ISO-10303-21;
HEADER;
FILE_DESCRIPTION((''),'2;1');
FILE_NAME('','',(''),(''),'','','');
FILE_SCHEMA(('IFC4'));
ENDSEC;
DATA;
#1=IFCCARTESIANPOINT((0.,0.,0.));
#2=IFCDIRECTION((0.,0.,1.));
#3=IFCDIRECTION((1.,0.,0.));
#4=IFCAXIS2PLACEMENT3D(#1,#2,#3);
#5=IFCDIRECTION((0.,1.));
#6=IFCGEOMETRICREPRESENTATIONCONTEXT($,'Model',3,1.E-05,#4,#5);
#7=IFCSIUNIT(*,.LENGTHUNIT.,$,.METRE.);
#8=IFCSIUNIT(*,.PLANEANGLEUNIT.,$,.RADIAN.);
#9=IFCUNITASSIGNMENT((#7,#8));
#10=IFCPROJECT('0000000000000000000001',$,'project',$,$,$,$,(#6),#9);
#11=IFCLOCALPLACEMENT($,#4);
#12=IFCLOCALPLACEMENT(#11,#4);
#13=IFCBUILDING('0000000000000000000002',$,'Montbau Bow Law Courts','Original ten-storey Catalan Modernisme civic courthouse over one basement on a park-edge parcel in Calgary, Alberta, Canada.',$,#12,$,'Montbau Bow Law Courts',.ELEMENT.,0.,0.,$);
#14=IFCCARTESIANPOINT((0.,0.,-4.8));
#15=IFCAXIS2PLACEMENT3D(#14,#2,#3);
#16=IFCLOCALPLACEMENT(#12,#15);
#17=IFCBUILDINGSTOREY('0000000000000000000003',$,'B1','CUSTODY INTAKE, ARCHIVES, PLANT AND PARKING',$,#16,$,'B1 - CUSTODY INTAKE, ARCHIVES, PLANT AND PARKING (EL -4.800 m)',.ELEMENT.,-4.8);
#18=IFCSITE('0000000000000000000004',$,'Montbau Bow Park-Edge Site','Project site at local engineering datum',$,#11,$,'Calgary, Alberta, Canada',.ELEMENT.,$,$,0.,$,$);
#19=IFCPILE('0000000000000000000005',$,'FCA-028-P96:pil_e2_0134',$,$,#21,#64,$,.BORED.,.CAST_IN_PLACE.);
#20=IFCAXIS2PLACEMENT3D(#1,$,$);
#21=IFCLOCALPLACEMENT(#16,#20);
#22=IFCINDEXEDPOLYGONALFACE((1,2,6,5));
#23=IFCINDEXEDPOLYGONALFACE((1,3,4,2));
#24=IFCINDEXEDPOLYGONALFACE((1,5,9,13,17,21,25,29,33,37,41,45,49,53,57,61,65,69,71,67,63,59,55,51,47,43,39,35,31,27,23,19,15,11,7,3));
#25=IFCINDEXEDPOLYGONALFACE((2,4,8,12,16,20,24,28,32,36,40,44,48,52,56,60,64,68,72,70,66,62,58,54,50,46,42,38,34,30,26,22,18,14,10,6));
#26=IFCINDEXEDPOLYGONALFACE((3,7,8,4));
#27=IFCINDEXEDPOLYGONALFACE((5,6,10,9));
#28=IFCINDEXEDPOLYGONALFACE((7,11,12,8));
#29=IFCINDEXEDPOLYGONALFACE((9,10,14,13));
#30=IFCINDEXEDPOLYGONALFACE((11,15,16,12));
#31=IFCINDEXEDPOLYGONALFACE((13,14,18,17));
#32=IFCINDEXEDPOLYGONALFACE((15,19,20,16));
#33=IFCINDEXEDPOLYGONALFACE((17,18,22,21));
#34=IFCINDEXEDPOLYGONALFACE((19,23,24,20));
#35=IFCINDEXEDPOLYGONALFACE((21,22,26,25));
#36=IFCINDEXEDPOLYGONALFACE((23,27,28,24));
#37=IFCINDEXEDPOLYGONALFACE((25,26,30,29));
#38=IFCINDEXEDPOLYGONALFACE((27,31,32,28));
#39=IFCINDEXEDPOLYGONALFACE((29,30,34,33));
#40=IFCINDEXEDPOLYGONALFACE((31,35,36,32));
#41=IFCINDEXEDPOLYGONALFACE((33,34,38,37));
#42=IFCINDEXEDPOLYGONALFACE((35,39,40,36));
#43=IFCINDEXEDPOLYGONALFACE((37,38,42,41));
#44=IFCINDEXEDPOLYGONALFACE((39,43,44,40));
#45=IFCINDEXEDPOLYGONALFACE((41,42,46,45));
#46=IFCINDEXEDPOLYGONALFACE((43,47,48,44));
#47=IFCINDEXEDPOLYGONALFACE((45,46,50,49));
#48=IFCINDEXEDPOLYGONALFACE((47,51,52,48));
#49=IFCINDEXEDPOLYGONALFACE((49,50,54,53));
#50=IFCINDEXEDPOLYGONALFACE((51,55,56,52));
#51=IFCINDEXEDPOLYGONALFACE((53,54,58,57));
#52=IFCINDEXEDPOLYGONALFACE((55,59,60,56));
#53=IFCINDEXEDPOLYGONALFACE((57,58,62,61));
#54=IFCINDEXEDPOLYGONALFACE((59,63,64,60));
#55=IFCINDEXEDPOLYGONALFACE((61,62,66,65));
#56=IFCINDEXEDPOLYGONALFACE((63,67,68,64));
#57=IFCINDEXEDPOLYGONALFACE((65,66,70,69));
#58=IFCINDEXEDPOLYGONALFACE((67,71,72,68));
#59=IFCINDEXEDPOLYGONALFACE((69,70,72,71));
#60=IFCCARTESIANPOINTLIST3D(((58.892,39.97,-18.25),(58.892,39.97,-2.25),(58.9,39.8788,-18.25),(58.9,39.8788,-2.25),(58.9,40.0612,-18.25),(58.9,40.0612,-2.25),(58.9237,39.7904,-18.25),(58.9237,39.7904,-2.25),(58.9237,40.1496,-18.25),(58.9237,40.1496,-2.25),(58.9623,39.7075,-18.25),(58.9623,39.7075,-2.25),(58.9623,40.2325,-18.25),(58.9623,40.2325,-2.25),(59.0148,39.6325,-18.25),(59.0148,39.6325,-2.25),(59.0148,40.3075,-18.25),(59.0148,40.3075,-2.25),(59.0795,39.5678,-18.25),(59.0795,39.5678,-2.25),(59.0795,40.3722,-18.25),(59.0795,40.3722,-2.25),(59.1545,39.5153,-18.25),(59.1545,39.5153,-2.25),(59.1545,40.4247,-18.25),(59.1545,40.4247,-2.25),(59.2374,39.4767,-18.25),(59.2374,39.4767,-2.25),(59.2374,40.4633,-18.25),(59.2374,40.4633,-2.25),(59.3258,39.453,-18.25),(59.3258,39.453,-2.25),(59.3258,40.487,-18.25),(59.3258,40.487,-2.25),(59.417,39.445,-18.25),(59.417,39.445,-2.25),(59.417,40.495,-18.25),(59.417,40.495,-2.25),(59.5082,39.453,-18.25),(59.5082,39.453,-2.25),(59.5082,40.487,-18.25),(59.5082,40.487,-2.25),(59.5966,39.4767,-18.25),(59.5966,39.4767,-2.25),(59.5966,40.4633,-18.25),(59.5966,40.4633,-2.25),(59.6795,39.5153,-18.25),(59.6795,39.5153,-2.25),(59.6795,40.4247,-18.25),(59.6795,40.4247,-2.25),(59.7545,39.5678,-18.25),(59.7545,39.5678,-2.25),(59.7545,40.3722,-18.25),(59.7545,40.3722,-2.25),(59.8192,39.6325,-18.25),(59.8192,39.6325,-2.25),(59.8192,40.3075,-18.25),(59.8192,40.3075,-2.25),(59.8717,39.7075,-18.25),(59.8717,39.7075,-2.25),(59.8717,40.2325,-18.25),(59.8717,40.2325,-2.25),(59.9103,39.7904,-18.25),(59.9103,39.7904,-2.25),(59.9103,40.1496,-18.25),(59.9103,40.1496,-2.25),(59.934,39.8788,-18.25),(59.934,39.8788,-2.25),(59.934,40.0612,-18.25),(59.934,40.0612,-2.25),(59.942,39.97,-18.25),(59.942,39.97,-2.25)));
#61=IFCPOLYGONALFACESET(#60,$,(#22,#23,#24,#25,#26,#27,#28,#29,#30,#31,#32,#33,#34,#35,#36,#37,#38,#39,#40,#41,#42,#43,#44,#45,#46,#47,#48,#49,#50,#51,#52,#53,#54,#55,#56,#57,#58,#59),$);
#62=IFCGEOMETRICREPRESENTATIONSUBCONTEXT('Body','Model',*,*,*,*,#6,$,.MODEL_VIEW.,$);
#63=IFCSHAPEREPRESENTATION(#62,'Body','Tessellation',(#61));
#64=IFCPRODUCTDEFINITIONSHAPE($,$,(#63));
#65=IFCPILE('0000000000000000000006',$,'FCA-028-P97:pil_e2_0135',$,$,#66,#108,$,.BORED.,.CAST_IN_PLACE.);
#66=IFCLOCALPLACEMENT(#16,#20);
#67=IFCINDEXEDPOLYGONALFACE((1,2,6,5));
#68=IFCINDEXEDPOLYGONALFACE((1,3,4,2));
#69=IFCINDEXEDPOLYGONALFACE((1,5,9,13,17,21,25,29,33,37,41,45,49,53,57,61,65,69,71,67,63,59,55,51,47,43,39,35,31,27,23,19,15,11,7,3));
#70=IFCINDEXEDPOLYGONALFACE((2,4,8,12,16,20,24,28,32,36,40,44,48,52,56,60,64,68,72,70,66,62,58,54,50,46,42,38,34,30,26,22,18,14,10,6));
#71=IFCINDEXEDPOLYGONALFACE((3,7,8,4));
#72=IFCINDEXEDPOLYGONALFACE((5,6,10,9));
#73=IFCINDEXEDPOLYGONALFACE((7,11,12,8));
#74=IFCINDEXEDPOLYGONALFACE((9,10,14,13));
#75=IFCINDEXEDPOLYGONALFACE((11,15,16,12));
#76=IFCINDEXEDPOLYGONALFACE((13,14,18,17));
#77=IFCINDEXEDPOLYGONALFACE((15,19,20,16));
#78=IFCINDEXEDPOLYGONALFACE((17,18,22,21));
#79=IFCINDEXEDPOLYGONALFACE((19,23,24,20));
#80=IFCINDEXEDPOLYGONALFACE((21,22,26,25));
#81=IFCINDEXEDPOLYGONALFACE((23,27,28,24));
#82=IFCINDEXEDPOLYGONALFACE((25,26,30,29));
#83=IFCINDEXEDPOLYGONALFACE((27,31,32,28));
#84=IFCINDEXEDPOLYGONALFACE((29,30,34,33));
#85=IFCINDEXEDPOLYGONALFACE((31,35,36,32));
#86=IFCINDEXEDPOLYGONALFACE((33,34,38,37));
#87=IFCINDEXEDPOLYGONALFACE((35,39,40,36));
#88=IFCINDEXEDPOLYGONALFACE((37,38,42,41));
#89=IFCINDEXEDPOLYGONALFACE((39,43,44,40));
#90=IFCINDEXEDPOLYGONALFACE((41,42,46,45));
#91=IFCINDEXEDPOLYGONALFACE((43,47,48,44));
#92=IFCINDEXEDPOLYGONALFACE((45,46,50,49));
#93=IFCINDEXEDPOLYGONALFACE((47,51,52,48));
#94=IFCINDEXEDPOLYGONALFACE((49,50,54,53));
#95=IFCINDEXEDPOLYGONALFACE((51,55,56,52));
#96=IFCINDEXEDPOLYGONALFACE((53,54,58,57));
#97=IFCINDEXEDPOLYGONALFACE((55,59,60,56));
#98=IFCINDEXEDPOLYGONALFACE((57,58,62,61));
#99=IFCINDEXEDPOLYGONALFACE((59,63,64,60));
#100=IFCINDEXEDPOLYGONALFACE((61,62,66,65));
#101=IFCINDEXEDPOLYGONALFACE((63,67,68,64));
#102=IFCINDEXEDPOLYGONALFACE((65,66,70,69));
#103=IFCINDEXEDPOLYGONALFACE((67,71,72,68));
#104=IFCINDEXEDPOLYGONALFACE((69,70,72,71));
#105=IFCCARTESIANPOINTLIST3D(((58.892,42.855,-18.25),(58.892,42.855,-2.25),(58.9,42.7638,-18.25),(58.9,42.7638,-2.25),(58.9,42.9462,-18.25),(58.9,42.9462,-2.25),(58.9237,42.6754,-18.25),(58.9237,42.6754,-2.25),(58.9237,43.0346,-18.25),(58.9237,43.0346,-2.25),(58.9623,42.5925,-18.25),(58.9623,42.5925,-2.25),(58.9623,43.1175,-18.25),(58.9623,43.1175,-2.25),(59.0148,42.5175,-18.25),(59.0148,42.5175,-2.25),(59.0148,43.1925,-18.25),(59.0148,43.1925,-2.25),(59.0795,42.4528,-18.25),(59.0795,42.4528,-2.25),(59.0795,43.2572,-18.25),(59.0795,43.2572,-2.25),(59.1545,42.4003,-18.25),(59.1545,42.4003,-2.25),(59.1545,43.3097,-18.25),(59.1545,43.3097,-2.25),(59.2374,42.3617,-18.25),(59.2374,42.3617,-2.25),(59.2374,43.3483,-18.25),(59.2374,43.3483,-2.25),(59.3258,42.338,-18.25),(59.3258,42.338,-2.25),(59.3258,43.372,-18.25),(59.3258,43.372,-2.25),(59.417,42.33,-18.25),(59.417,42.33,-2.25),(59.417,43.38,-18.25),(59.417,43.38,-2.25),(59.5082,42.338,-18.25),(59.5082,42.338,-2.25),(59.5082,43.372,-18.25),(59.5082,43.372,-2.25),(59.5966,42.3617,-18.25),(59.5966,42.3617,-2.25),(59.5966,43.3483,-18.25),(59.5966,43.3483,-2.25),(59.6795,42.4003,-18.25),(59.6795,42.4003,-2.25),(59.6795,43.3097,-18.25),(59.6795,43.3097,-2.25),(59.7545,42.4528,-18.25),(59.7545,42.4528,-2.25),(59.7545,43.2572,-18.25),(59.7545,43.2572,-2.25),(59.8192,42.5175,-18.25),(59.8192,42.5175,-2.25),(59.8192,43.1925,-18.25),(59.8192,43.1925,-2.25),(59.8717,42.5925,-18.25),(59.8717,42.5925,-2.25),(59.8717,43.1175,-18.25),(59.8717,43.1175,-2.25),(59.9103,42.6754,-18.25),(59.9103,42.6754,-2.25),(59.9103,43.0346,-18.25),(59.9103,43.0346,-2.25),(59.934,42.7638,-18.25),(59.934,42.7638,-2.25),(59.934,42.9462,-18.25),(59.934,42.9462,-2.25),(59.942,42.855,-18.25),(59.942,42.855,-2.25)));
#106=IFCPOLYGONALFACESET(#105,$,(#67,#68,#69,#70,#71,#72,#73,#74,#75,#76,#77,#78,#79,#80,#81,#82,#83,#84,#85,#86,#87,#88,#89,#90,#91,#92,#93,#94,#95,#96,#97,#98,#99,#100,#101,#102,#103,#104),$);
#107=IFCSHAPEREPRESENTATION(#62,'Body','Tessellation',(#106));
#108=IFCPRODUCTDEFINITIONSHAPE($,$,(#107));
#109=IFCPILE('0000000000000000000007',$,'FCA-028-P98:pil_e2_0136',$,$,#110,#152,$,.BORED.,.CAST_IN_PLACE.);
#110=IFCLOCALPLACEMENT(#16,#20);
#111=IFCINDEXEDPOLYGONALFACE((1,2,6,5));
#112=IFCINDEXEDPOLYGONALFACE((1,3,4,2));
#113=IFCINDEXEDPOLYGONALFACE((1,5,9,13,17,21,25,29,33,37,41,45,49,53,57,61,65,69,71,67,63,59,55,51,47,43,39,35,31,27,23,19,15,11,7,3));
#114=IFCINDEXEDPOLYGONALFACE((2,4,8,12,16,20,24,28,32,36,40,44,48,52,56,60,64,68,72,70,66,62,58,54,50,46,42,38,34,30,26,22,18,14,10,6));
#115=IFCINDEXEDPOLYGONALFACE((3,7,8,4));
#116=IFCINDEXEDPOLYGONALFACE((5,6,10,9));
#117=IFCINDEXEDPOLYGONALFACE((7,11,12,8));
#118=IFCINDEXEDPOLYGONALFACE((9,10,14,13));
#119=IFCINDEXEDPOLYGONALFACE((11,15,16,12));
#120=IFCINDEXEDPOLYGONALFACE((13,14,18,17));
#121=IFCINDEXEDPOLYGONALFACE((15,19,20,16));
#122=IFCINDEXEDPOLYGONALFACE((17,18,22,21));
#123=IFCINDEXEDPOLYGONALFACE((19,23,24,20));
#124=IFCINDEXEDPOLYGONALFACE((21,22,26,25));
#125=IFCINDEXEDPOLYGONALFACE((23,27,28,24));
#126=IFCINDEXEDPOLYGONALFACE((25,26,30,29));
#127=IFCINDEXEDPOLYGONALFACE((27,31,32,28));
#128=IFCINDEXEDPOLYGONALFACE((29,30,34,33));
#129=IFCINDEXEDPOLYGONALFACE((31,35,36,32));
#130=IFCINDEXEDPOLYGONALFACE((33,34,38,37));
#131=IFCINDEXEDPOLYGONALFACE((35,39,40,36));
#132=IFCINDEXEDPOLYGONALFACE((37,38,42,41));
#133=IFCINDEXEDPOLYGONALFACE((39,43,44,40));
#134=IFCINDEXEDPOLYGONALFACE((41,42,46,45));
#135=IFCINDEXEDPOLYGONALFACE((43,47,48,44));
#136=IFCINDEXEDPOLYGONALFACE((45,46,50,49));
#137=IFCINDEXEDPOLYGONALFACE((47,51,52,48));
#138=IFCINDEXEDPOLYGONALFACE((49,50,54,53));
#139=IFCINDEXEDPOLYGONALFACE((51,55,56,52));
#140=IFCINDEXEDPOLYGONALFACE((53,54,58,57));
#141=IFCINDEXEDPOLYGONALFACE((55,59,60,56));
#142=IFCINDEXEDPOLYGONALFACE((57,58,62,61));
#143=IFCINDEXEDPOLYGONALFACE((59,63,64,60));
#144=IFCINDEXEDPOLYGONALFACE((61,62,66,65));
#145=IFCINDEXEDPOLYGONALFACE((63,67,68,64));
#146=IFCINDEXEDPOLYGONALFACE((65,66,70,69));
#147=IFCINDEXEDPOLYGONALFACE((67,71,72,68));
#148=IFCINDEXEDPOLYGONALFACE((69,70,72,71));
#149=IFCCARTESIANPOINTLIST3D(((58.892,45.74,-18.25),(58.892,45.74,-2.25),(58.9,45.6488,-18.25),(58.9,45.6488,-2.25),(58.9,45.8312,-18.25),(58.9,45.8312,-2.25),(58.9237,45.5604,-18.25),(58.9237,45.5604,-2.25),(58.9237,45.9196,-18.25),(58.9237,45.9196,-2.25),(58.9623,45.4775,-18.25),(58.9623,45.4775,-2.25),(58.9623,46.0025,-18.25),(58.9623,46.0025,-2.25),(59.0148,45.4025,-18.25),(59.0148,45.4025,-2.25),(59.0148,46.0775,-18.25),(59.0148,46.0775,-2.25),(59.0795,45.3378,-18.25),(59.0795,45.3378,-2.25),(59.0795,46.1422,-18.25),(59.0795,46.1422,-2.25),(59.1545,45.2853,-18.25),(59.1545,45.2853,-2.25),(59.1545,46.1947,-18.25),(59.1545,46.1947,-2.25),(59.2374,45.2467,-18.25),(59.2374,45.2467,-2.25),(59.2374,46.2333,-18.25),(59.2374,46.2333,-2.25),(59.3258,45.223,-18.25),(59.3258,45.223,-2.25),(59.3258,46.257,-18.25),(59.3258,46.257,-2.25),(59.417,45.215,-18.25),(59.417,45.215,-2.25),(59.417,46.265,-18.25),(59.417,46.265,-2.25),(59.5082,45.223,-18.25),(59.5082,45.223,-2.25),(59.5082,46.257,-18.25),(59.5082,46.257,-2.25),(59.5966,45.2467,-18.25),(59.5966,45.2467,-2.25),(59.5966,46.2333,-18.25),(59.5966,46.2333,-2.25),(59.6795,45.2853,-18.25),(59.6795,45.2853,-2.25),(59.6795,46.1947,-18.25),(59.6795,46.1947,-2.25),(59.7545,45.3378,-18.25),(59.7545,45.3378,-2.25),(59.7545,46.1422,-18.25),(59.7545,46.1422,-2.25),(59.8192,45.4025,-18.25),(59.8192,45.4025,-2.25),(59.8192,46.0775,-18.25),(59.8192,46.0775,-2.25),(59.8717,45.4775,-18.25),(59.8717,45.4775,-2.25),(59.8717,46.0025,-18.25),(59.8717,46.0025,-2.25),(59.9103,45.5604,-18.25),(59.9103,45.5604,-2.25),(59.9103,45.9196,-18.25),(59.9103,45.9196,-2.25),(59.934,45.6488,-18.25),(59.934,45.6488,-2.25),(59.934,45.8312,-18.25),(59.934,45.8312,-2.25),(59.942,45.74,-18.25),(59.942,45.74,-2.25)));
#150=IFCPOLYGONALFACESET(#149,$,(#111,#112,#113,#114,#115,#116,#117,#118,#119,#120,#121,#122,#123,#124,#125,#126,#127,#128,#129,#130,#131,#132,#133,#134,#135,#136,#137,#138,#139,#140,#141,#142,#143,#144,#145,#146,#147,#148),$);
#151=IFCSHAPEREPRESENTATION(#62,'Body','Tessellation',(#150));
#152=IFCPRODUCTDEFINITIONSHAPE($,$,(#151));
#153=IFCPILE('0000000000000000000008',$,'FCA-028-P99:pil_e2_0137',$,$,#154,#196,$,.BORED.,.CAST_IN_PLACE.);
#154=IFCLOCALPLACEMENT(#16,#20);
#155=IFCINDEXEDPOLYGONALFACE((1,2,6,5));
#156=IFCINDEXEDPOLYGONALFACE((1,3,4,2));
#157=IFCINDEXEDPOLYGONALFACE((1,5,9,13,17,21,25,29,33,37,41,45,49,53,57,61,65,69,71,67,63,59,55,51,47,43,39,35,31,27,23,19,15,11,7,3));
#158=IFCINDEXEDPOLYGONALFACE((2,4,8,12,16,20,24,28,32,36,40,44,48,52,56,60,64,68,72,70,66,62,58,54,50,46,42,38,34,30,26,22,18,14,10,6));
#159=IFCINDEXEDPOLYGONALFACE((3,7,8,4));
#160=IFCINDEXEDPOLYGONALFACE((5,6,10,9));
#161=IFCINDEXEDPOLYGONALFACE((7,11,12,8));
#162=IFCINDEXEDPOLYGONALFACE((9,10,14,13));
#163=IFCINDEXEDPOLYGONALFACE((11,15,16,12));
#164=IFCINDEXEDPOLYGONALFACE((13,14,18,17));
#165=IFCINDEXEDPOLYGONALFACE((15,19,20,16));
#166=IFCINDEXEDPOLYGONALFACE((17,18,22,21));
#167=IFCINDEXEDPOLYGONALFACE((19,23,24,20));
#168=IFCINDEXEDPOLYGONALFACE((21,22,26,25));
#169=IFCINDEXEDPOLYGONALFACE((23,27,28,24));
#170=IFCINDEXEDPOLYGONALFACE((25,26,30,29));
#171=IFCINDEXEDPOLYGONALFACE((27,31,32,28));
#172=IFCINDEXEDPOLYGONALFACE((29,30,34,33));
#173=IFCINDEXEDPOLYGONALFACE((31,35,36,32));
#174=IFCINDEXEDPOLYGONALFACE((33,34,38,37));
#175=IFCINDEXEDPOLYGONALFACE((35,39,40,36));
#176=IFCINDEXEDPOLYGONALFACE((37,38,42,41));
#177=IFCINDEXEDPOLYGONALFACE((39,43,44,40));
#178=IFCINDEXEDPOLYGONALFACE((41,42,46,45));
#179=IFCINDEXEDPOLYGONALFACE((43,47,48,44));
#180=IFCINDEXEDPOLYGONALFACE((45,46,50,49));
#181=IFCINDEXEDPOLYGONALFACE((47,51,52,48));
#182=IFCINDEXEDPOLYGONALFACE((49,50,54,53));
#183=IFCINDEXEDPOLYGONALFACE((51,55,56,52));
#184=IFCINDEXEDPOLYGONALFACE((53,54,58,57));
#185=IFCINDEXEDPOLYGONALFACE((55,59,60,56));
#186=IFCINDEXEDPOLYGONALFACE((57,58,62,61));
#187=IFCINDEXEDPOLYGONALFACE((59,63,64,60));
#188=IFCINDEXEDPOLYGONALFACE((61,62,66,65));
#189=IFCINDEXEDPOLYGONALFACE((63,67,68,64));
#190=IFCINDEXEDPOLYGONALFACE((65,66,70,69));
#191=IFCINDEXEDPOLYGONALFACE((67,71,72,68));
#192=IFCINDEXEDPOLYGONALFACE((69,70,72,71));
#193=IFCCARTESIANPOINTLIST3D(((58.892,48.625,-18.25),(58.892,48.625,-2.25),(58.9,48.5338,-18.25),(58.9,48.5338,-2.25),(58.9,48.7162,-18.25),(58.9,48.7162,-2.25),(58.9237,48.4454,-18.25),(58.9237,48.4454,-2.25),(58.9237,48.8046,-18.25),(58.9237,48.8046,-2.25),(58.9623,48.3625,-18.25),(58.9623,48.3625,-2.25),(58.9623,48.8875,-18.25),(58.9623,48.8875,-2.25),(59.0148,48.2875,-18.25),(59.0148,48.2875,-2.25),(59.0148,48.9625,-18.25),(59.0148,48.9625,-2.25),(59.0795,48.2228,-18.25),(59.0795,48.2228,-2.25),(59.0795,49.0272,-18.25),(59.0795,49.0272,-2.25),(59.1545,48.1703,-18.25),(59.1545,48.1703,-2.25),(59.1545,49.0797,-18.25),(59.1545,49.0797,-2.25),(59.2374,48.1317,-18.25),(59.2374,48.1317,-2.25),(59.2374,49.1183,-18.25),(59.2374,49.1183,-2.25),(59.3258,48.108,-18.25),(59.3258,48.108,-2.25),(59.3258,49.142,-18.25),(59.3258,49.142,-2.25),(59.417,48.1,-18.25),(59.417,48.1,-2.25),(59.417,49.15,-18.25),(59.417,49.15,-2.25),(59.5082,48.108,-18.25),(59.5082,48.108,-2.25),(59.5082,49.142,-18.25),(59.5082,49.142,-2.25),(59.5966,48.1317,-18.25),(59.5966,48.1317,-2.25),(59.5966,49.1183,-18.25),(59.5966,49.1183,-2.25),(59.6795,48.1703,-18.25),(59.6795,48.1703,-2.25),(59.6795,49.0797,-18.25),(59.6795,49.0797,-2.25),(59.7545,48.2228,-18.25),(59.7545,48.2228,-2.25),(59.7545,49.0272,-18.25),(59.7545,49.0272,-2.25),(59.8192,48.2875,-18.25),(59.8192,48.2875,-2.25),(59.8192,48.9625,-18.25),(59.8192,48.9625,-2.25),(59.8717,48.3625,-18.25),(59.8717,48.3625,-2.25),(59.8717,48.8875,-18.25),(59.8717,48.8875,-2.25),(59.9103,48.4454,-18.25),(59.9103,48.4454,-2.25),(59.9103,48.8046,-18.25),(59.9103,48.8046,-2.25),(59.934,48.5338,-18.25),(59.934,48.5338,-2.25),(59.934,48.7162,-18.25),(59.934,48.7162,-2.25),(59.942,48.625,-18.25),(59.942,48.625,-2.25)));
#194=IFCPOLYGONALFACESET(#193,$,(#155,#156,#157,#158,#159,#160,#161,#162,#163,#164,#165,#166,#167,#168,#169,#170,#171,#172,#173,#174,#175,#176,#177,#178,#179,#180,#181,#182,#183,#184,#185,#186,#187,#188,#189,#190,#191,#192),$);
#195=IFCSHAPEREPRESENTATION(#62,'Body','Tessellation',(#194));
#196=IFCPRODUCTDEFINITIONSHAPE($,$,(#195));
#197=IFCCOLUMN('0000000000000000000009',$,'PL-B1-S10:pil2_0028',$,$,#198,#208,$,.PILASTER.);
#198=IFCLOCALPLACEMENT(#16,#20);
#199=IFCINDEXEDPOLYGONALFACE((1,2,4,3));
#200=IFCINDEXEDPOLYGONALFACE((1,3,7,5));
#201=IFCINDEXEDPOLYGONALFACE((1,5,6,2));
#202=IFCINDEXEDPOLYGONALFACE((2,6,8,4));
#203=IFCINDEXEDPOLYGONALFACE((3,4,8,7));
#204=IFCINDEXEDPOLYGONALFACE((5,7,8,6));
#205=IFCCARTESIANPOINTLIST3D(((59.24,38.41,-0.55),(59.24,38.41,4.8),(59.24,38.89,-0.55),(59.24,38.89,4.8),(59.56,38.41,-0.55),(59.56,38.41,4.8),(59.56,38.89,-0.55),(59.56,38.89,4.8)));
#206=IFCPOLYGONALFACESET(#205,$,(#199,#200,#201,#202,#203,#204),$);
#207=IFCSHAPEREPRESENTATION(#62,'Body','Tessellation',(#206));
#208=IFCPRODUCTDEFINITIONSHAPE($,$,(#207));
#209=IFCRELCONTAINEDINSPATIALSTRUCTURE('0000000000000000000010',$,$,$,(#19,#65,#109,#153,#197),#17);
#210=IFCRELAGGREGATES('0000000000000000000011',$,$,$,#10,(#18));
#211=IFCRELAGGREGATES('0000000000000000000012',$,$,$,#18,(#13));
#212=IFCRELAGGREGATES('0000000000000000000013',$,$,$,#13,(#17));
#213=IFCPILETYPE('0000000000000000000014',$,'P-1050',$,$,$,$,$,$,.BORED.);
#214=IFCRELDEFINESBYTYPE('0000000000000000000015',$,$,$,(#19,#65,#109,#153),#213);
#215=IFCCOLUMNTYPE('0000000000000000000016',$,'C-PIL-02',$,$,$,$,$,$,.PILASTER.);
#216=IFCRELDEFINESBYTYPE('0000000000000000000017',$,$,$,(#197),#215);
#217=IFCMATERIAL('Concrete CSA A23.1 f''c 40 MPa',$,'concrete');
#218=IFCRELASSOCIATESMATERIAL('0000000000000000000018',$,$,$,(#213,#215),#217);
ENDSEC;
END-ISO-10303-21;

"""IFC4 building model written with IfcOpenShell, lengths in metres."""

from ifc_helpers import new_model, si_unit, direction, frame, origin_with_axes, origin_2d_with_axis, place, context, subcontext, project, spatial, rectangle, circle, extrude, material, material_profile, profile_set, type_object, element, save


model = new_model("IFC4")

# Units and contexts
model_context = context("Model", 3, precision=1e-05, world=origin_with_axes(), true_north=direction((0.0, 1.0)))
body_context = subcontext(model_context, "Body", "Model", "MODEL_VIEW")
ifc_project = project(units=[si_unit("LENGTHUNIT", "METRE"), si_unit("PLANEANGLEUNIT", "RADIAN")], contexts=[model_context])

# Site, building, storey
site_placement = place(None, origin_with_axes())
site = spatial("IfcSite", under=ifc_project, at=site_placement, Name="Montbau Bow Park-Edge Site", Description="Project site at local engineering datum", LongName="Calgary, Alberta, Canada", CompositionType="ELEMENT", RefElevation=0.0)
building_placement = place(site_placement, origin_with_axes())
building = spatial("IfcBuilding", under=site, at=building_placement, Name="Montbau Bow Law Courts", Description="Original ten-storey Catalan Modernisme civic courthouse over one basement on a park-edge parcel in Calgary, Alberta, Canada.", LongName="Montbau Bow Law Courts", CompositionType="ELEMENT", ElevationOfRefHeight=0.0, ElevationOfTerrain=0.0)
storey_placement = place(building_placement, frame((0.0, 0.0, -4.8), z_axis=(0.0, 0.0, 1.0), x_axis=(1.0, 0.0, 0.0)))
storey = spatial("IfcBuildingStorey", under=building, at=storey_placement, Name="B1", Description="CUSTODY INTAKE, ARCHIVES, PLANT AND PARKING", LongName="B1 - CUSTODY INTAKE, ARCHIVES, PLANT AND PARKING (EL -4.800 m)", CompositionType="ELEMENT", Elevation=-4.8)

# Piles
ifc_material_1 = material(Name="Concrete CSA A23.1 f'c 40 MPa", Category="concrete")
ifc_material_profile_1 = material_profile(ifc_material_1, circle(Radius=0.525, at=origin_2d_with_axis()), Name="BP1050", Category="Main", Priority=0)
ifc_profile_set_1 = profile_set([ifc_material_profile_1], Name="Concrete CSA A23.1 f'c 40 MPa")
pile_type = type_object("IfcPileType", Name="P-1050", PredefinedType="BORED", material=ifc_profile_set_1)
for number, where, z_axis, x_axis, name in (
    (1, (59.417, 39.97, -23.05), (0.0, 0.0, 1.0), (1.0, 0.0, 0.0), "FCA-028-P96:pil_e2_0134"),
    (2, (59.417, 42.855, -23.05), (0.0, 0.0, 1.0), (1.0, 0.0, 0.0), "FCA-028-P97:pil_e2_0135"),
    (3, (59.417, 45.74, -23.05), (0.0, 0.0, 1.0), (1.0, 0.0, 0.0), "FCA-028-P98:pil_e2_0136"),
    (4, (59.417, 48.625, -23.05), (0.0, 0.0, 1.0), (1.0, 0.0, 0.0), "FCA-028-P99:pil_e2_0137"),
):
    element("IfcPile", number, at=place(None, frame(where, z_axis=z_axis, x_axis=x_axis)), inside=storey, type_object=pile_type, Name=name, ConstructionType="CAST_IN_PLACE", PredefinedType="BORED", context=body_context, shape_type="SweptSolid", body=[
        extrude(circle(Radius=0.525, at=origin_2d_with_axis()), origin_with_axes(), (0.0, 0.0, 1.0), 16.0),
    ])

# Column
ifc_material_profile_2 = material_profile(ifc_material_1, rectangle(XDim=0.32, YDim=0.48, at=origin_2d_with_axis()), Name="RC480X320", Category="Main", Priority=0)
ifc_profile_set_2 = profile_set([ifc_material_profile_2], Name="Concrete CSA A23.1 f'c 40 MPa")
column_type_1 = type_object("IfcColumnType", Name="C-PIL-02", PredefinedType="PILASTER", material=ifc_profile_set_2)
column_1_placement = place(None, frame((59.4, 38.65, -5.35), z_axis=(0.0, 0.0, 1.0), x_axis=(1.0, 0.0, 0.0)))
element("IfcColumn", 5, at=column_1_placement, inside=storey, type_object=column_type_1, Name="PL-B1-S10:pil2_0028", PredefinedType="PILASTER", context=body_context, shape_type="SweptSolid", body=[
    extrude(rectangle(XDim=0.32, YDim=0.48, at=origin_2d_with_axis()), origin_with_axes(), (0.0, 0.0, 1.0), 5.35),
])

save(model, "model.ifc")
